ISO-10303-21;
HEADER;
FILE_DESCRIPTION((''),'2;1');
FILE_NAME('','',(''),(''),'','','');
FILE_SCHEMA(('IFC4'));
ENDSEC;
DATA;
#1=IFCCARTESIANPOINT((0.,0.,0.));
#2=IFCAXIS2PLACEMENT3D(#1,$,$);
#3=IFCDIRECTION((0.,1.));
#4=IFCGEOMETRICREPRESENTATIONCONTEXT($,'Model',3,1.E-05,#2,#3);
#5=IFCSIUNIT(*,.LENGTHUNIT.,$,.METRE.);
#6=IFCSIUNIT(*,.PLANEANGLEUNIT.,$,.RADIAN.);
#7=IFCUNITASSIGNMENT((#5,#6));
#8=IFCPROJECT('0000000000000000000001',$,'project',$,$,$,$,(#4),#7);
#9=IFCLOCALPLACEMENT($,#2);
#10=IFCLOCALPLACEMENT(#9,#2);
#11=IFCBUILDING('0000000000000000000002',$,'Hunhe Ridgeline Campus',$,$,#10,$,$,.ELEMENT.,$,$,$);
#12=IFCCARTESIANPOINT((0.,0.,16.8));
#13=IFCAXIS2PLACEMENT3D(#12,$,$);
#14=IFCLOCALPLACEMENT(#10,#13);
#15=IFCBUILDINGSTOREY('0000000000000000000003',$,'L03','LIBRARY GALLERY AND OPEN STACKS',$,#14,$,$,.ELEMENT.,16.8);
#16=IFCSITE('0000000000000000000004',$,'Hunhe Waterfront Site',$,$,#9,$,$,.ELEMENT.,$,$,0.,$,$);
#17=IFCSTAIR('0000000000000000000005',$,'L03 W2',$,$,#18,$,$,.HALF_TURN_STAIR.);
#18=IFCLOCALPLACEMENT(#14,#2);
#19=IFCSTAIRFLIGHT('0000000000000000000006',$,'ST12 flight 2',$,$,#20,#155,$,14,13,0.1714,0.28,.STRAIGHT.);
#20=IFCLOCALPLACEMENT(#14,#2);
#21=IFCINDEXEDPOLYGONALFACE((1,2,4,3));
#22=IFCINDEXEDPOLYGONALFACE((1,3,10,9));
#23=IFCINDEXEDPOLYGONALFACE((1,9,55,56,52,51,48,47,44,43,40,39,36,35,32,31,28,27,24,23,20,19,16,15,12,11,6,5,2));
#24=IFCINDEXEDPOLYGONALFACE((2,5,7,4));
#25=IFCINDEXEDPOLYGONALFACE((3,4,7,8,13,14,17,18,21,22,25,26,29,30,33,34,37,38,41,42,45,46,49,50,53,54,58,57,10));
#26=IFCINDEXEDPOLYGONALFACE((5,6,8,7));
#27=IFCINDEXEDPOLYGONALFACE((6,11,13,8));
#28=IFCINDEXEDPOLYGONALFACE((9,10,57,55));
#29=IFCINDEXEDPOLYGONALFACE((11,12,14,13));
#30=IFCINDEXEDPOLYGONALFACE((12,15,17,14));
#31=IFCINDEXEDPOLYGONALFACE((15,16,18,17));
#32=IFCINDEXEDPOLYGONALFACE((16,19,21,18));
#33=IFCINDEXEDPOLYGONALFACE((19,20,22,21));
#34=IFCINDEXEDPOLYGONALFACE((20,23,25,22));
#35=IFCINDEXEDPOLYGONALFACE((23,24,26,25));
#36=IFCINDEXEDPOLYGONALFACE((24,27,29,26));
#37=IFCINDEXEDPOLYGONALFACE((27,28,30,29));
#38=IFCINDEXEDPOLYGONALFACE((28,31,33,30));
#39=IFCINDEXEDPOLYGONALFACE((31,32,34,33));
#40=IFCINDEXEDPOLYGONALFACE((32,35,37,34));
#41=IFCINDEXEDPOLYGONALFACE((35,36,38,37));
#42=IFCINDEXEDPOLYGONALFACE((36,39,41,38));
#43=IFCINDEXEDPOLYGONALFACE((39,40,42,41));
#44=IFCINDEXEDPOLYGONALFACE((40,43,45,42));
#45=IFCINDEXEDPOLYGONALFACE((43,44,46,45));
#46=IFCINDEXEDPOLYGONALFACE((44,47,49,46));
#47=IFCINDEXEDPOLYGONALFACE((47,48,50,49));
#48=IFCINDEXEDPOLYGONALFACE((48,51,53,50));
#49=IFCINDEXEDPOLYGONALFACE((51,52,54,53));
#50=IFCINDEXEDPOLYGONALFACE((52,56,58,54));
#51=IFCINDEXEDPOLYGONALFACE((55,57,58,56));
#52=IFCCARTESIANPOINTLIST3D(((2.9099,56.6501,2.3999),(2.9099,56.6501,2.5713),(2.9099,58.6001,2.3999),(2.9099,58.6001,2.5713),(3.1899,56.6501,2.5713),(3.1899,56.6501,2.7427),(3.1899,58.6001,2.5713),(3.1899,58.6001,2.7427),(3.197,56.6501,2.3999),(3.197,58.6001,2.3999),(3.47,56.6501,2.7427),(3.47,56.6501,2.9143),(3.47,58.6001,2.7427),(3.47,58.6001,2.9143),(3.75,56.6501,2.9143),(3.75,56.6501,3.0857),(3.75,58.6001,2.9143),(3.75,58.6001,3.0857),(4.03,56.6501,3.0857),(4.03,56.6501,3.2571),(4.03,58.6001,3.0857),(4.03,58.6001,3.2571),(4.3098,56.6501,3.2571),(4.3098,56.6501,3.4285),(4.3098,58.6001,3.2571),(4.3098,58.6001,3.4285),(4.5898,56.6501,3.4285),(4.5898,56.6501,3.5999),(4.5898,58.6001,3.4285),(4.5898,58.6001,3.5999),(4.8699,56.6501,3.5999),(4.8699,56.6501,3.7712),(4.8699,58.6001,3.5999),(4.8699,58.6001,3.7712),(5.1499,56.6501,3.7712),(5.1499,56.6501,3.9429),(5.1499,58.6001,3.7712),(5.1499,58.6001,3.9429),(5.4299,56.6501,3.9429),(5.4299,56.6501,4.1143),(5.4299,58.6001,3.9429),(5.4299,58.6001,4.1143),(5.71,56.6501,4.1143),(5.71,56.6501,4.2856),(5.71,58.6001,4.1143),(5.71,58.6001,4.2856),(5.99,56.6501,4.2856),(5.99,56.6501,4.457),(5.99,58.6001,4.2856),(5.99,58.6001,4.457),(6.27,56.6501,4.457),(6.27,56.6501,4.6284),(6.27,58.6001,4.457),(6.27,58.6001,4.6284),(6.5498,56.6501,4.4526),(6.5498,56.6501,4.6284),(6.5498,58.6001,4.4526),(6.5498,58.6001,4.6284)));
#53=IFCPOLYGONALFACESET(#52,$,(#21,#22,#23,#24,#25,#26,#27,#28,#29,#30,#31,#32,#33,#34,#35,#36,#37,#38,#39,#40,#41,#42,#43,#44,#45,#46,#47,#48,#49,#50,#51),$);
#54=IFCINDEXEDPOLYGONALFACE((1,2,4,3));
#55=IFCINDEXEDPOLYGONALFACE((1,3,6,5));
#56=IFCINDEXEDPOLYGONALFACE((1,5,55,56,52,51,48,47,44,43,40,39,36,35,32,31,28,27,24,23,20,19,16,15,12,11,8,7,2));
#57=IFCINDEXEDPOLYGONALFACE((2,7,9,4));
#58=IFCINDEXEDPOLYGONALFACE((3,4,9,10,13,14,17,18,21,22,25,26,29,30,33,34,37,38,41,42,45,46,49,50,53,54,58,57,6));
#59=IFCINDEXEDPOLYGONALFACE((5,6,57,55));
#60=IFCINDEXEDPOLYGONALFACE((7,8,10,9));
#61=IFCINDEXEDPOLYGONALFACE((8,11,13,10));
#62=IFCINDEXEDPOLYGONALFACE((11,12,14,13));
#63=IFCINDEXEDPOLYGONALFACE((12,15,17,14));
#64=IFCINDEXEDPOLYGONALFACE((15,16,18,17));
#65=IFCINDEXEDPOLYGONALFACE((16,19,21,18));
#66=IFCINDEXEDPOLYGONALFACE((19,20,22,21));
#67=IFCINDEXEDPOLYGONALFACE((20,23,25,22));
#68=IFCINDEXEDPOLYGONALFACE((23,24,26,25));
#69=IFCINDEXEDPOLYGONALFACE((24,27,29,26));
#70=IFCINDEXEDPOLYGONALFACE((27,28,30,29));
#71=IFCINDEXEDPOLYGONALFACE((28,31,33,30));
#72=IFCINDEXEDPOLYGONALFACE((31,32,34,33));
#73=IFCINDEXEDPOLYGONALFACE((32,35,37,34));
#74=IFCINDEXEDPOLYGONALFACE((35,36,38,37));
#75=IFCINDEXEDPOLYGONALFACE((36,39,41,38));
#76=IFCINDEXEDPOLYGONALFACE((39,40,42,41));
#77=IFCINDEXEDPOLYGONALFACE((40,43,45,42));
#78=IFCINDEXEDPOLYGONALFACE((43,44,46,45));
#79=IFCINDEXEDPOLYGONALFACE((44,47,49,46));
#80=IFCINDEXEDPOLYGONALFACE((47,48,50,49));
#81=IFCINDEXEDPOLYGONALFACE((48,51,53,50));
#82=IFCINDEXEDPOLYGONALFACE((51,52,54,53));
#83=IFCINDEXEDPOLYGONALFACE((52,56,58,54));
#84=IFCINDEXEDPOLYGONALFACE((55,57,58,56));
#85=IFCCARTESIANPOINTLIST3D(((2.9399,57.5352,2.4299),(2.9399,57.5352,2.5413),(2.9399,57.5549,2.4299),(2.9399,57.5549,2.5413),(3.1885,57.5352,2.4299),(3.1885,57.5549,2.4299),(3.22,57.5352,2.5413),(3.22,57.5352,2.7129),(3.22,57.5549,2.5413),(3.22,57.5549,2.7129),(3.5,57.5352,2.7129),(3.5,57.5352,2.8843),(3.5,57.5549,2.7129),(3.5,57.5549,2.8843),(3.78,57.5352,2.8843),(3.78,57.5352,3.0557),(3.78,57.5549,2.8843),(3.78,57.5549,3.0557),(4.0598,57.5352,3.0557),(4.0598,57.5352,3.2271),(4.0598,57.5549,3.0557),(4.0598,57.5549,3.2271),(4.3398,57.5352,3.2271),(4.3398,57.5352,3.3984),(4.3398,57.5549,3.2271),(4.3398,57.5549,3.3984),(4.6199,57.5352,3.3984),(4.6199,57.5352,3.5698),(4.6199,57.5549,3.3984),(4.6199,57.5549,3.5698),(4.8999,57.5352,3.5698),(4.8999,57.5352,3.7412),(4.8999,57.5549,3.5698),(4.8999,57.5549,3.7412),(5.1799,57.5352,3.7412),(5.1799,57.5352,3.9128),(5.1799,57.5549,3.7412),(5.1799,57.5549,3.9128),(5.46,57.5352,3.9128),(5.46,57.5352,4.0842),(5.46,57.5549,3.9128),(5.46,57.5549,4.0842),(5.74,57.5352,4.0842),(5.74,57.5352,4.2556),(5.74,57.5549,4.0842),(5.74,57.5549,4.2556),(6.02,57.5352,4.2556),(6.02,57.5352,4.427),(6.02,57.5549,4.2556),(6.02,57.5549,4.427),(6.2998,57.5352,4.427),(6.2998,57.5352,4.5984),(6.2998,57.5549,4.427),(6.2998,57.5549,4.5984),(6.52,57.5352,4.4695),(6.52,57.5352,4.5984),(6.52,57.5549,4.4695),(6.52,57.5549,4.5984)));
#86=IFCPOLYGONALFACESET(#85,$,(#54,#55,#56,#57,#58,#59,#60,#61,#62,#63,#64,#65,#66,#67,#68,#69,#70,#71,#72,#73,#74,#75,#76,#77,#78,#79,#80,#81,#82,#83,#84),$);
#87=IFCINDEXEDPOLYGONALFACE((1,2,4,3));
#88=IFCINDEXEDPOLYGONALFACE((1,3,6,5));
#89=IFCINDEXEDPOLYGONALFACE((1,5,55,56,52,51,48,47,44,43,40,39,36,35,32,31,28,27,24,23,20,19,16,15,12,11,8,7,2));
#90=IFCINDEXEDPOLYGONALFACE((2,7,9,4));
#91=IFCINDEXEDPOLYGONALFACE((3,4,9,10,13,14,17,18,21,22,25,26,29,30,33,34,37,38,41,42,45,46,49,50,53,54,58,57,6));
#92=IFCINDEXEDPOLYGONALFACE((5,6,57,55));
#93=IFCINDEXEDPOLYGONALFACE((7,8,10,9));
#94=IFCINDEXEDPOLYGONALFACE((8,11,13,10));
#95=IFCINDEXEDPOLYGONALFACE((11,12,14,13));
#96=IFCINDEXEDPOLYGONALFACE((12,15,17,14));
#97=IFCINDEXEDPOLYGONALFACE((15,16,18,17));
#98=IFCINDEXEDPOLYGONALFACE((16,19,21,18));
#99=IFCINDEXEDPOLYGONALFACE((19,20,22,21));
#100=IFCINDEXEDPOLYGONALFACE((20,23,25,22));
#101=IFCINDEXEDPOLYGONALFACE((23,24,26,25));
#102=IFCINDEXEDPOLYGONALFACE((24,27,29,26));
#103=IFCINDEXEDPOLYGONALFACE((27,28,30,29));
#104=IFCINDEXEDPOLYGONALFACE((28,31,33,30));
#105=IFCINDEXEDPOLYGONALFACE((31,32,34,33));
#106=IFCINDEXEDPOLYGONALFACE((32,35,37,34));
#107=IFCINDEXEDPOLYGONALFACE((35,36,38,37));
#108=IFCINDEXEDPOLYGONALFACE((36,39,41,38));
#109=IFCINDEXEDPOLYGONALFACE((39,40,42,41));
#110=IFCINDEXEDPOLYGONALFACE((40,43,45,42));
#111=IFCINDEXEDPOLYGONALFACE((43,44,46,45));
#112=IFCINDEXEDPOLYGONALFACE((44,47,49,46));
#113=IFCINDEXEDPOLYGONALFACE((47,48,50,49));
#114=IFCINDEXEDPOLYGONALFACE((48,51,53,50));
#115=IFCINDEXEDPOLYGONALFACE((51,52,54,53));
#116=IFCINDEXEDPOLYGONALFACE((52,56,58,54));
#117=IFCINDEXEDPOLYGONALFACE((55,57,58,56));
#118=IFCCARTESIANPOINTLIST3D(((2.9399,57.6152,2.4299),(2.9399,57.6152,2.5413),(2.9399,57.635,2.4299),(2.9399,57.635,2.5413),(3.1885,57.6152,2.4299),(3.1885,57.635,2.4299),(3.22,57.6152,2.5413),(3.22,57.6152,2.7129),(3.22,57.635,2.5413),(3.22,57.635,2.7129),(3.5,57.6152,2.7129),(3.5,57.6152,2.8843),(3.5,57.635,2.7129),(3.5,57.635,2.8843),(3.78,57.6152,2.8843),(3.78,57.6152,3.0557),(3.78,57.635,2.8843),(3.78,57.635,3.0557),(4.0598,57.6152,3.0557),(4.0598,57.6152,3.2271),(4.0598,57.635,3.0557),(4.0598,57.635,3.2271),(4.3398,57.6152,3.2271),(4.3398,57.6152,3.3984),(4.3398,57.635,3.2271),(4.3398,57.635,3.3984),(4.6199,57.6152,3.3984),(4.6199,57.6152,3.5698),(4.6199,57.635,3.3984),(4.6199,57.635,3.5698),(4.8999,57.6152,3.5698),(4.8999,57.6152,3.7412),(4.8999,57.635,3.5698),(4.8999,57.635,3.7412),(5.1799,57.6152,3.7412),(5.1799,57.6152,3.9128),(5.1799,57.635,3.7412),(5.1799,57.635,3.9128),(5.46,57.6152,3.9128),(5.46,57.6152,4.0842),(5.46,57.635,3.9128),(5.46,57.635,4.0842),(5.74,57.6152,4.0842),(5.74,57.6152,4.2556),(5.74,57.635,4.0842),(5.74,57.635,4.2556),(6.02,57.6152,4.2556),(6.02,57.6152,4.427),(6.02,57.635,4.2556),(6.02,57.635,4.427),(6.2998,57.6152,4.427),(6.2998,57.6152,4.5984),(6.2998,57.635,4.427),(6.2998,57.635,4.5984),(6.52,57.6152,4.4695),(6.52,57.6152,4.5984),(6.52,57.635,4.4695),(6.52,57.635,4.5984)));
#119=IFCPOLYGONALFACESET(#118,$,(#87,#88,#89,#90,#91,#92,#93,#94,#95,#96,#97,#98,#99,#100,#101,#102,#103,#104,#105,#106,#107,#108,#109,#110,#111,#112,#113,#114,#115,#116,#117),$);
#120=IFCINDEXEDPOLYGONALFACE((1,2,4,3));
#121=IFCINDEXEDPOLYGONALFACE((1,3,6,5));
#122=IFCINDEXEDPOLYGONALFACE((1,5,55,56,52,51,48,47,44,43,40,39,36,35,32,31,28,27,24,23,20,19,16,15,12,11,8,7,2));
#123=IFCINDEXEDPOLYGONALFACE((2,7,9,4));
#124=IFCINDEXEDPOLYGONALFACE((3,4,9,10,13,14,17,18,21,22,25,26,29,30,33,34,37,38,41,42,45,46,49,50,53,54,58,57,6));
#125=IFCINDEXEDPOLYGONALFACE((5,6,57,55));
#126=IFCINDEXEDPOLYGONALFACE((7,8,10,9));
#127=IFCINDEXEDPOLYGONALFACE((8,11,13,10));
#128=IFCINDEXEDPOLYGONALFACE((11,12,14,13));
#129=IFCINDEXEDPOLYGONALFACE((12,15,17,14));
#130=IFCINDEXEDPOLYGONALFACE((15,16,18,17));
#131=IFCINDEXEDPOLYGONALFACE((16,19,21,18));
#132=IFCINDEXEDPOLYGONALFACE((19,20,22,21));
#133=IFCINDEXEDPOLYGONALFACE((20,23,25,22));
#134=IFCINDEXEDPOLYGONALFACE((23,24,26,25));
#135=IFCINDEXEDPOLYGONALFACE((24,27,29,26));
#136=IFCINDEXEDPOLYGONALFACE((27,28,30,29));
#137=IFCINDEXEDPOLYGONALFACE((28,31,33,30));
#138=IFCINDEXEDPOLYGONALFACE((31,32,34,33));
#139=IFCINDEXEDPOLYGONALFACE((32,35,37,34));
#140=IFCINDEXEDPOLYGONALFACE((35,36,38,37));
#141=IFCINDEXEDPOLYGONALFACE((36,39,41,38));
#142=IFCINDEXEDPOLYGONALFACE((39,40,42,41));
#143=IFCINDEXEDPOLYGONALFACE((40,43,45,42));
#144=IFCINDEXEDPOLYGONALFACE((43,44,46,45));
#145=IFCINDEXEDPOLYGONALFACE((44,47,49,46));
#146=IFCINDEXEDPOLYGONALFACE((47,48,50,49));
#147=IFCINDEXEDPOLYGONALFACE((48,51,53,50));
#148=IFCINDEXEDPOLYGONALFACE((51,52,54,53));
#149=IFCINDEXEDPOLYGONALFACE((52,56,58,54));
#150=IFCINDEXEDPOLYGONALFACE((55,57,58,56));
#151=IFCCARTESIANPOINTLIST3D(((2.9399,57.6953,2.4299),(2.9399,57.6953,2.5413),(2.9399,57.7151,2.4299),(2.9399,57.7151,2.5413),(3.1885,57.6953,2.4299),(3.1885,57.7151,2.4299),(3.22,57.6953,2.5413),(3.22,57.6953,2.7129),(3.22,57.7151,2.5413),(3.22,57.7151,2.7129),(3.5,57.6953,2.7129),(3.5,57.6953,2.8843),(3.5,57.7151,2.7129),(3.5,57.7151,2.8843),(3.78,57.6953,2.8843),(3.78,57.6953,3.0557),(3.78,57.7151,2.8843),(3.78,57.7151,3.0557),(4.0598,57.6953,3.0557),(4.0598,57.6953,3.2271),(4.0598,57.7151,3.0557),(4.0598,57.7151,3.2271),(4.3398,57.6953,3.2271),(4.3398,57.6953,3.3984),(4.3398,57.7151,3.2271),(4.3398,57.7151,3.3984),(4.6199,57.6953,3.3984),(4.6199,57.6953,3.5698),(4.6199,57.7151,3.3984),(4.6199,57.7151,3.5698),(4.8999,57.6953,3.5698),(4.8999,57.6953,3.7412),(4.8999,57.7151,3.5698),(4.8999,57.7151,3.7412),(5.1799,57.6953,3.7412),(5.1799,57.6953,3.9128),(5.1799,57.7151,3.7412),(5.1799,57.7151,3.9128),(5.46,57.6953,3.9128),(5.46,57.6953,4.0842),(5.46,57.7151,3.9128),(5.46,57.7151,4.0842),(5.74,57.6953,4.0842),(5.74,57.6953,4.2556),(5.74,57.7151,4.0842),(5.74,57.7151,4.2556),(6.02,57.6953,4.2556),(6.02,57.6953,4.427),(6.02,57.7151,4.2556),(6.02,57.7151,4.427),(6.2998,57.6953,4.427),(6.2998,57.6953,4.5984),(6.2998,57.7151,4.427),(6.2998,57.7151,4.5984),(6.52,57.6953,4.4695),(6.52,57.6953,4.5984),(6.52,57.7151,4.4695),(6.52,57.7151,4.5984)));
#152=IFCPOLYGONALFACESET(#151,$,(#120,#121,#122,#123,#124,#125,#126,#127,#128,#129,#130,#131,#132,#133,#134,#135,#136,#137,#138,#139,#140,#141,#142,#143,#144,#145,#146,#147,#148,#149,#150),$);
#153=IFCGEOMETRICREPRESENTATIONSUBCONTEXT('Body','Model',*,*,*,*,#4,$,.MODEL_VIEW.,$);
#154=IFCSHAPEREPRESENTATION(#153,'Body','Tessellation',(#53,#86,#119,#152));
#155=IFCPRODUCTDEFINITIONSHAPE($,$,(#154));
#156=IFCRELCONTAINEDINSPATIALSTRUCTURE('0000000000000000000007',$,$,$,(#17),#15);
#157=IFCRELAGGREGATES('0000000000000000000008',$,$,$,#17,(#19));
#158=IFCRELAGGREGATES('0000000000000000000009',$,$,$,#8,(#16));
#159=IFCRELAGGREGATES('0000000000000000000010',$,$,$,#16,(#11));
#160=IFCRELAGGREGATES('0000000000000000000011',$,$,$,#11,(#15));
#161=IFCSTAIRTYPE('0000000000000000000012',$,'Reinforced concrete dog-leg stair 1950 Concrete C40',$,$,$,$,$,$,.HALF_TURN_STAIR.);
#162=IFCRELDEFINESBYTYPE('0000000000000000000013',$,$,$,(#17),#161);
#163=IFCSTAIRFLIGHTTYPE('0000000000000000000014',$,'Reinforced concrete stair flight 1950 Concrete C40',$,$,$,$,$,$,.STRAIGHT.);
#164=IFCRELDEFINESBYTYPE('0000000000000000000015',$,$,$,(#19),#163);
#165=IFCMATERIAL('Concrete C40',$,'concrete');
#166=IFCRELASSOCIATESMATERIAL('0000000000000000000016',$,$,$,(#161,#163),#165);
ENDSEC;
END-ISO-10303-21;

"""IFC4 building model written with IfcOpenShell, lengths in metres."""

from ifc_helpers import new_model, si_unit, direction, frame, origin, place, context, subcontext, project, spatial, polyline, outline, extrude, material, type_object, element, aggregate, save


model = new_model("IFC4")

# Units and contexts
model_context = context("Model", 3, precision=1e-05, world=origin(), true_north=direction((0.0, 1.0)))
body_context = subcontext(model_context, "Body", "Model", "MODEL_VIEW")
ifc_project = project(units=[si_unit("LENGTHUNIT", "METRE"), si_unit("PLANEANGLEUNIT", "RADIAN")], contexts=[model_context])

# Site, building, storey
site_placement = place(None, origin())
site = spatial("IfcSite", under=ifc_project, at=site_placement, Name="Hunhe Waterfront Site", CompositionType="ELEMENT", RefElevation=0.0)
building_placement = place(site_placement, origin())
building = spatial("IfcBuilding", under=site, at=building_placement, Name="Hunhe Ridgeline Campus", CompositionType="ELEMENT")
storey_placement = place(building_placement, frame((0.0, 0.0, 16.8)))
storey = spatial("IfcBuildingStorey", under=building, at=storey_placement, Name="L03", Description="LIBRARY GALLERY AND OPEN STACKS", CompositionType="ELEMENT", Elevation=16.8)

# Shared definitions
ifc_material_1 = material(Name="Concrete C40", Category="concrete")
stair_type = type_object("IfcStairType", Name="Reinforced concrete dog-leg stair 1950 Concrete C40", PredefinedType="HALF_TURN_STAIR", material=ifc_material_1)
stair_flight_type = type_object("IfcStairFlightType", Name="Reinforced concrete stair flight 1950 Concrete C40", PredefinedType="STRAIGHT", material=ifc_material_1)

# Stair, stair flight
stair_1_placement = place(storey_placement, origin())
stair_1 = element("IfcStair", 1, at=stair_1_placement, inside=storey, type_object=stair_type, Name="L03 W2", PredefinedType="HALF_TURN_STAIR")
stair_flight_1_placement = place(storey_placement, frame((2.9099, 57.625, 2.3999), z_axis=(0.0, 0.0, 1.0), x_axis=(1.0, 0.0, 0.0)))
stair_flight_1 = element("IfcStairFlight", 2, at=stair_flight_1_placement, type_object=stair_flight_type, Name="ST12 flight 2", NumberOfRisers=14, NumberOfTreads=13, PredefinedType="STRAIGHT", RiserHeight=0.1714, TreadLength=0.28, context=body_context, shape_type="SweptSolid", body=[
    extrude(outline(polyline([(0.0, 0.0), (0.0, 0.1714), (0.28, 0.1714), (0.28, 0.3428), (0.5601, 0.3428), (0.5601, 0.5144), (0.8401, 0.5144), (0.8401, 0.6858), (1.1201, 0.6858), (1.1201, 0.8572), (1.3999, 0.8572), (1.3999, 1.0286), (1.6799, 1.0286), (1.6799, 1.2), (1.96, 1.2), (1.96, 1.3713), (2.24, 1.3713), (2.24, 1.543), (2.52, 1.543), (2.52, 1.7144), (2.8, 1.7144), (2.8, 1.8857), (3.0801, 1.8857), (3.0801, 2.0571), (3.3601, 2.0571), (3.3601, 2.2285), (3.6399, 2.2285), (3.6399, 2.3999), (3.6399, 2.0527), (0.2871, 0.0), (0.0, 0.0)])), frame((0.0, 0.9751, 0.0), z_axis=(0.0, -1.0, 0.0), x_axis=(1.0, 0.0, 0.0)), (0.0, 0.0, 1.0), 1.95),
    extrude(outline(polyline([(0.03, 0.03), (0.03, 0.1414), (0.3101, 0.1414), (0.3101, 0.313), (0.5901, 0.313), (0.5901, 0.4844), (0.8701, 0.4844), (0.8701, 0.6558), (1.1499, 0.6558), (1.1499, 0.8271), (1.4299, 0.8271), (1.4299, 0.9985), (1.71, 0.9985), (1.71, 1.1699), (1.99, 1.1699), (1.99, 1.3413), (2.27, 1.3413), (2.27, 1.5129), (2.55, 1.5129), (2.55, 1.6843), (2.8301, 1.6843), (2.8301, 1.8557), (3.1101, 1.8557), (3.1101, 2.0271), (3.3899, 2.0271), (3.3899, 2.1985), (3.6101, 2.1985), (3.6101, 2.0696), (0.2786, 0.03), (0.03, 0.03)])), frame((0.0, -0.0701, 0.0), z_axis=(0.0, -1.0, 0.0), x_axis=(1.0, 0.0, 0.0)), (0.0, 0.0, 1.0), 0.0198),
    extrude(outline(polyline([(0.03, 0.03), (0.03, 0.1414), (0.3101, 0.1414), (0.3101, 0.313), (0.5901, 0.313), (0.5901, 0.4844), (0.8701, 0.4844), (0.8701, 0.6558), (1.1499, 0.6558), (1.1499, 0.8271), (1.4299, 0.8271), (1.4299, 0.9985), (1.71, 0.9985), (1.71, 1.1699), (1.99, 1.1699), (1.99, 1.3413), (2.27, 1.3413), (2.27, 1.5129), (2.55, 1.5129), (2.55, 1.6843), (2.8301, 1.6843), (2.8301, 1.8557), (3.1101, 1.8557), (3.1101, 2.0271), (3.3899, 2.0271), (3.3899, 2.1985), (3.6101, 2.1985), (3.6101, 2.0696), (0.2786, 0.03), (0.03, 0.03)])), frame((0.0, 0.01, 0.0), z_axis=(0.0, -1.0, 0.0), x_axis=(1.0, 0.0, 0.0)), (0.0, 0.0, 1.0), 0.0198),
    extrude(outline(polyline([(0.03, 0.03), (0.03, 0.1414), (0.3101, 0.1414), (0.3101, 0.313), (0.5901, 0.313), (0.5901, 0.4844), (0.8701, 0.4844), (0.8701, 0.6558), (1.1499, 0.6558), (1.1499, 0.8271), (1.4299, 0.8271), (1.4299, 0.9985), (1.71, 0.9985), (1.71, 1.1699), (1.99, 1.1699), (1.99, 1.3413), (2.27, 1.3413), (2.27, 1.5129), (2.55, 1.5129), (2.55, 1.6843), (2.8301, 1.6843), (2.8301, 1.8557), (3.1101, 1.8557), (3.1101, 2.0271), (3.3899, 2.0271), (3.3899, 2.1985), (3.6101, 2.1985), (3.6101, 2.0696), (0.2786, 0.03), (0.03, 0.03)])), frame((0.0, 0.0901, 0.0), z_axis=(0.0, -1.0, 0.0), x_axis=(1.0, 0.0, 0.0)), (0.0, 0.0, 1.0), 0.0198),
])
aggregate(stair_1, [stair_flight_1])

save(model, "model.ifc")
